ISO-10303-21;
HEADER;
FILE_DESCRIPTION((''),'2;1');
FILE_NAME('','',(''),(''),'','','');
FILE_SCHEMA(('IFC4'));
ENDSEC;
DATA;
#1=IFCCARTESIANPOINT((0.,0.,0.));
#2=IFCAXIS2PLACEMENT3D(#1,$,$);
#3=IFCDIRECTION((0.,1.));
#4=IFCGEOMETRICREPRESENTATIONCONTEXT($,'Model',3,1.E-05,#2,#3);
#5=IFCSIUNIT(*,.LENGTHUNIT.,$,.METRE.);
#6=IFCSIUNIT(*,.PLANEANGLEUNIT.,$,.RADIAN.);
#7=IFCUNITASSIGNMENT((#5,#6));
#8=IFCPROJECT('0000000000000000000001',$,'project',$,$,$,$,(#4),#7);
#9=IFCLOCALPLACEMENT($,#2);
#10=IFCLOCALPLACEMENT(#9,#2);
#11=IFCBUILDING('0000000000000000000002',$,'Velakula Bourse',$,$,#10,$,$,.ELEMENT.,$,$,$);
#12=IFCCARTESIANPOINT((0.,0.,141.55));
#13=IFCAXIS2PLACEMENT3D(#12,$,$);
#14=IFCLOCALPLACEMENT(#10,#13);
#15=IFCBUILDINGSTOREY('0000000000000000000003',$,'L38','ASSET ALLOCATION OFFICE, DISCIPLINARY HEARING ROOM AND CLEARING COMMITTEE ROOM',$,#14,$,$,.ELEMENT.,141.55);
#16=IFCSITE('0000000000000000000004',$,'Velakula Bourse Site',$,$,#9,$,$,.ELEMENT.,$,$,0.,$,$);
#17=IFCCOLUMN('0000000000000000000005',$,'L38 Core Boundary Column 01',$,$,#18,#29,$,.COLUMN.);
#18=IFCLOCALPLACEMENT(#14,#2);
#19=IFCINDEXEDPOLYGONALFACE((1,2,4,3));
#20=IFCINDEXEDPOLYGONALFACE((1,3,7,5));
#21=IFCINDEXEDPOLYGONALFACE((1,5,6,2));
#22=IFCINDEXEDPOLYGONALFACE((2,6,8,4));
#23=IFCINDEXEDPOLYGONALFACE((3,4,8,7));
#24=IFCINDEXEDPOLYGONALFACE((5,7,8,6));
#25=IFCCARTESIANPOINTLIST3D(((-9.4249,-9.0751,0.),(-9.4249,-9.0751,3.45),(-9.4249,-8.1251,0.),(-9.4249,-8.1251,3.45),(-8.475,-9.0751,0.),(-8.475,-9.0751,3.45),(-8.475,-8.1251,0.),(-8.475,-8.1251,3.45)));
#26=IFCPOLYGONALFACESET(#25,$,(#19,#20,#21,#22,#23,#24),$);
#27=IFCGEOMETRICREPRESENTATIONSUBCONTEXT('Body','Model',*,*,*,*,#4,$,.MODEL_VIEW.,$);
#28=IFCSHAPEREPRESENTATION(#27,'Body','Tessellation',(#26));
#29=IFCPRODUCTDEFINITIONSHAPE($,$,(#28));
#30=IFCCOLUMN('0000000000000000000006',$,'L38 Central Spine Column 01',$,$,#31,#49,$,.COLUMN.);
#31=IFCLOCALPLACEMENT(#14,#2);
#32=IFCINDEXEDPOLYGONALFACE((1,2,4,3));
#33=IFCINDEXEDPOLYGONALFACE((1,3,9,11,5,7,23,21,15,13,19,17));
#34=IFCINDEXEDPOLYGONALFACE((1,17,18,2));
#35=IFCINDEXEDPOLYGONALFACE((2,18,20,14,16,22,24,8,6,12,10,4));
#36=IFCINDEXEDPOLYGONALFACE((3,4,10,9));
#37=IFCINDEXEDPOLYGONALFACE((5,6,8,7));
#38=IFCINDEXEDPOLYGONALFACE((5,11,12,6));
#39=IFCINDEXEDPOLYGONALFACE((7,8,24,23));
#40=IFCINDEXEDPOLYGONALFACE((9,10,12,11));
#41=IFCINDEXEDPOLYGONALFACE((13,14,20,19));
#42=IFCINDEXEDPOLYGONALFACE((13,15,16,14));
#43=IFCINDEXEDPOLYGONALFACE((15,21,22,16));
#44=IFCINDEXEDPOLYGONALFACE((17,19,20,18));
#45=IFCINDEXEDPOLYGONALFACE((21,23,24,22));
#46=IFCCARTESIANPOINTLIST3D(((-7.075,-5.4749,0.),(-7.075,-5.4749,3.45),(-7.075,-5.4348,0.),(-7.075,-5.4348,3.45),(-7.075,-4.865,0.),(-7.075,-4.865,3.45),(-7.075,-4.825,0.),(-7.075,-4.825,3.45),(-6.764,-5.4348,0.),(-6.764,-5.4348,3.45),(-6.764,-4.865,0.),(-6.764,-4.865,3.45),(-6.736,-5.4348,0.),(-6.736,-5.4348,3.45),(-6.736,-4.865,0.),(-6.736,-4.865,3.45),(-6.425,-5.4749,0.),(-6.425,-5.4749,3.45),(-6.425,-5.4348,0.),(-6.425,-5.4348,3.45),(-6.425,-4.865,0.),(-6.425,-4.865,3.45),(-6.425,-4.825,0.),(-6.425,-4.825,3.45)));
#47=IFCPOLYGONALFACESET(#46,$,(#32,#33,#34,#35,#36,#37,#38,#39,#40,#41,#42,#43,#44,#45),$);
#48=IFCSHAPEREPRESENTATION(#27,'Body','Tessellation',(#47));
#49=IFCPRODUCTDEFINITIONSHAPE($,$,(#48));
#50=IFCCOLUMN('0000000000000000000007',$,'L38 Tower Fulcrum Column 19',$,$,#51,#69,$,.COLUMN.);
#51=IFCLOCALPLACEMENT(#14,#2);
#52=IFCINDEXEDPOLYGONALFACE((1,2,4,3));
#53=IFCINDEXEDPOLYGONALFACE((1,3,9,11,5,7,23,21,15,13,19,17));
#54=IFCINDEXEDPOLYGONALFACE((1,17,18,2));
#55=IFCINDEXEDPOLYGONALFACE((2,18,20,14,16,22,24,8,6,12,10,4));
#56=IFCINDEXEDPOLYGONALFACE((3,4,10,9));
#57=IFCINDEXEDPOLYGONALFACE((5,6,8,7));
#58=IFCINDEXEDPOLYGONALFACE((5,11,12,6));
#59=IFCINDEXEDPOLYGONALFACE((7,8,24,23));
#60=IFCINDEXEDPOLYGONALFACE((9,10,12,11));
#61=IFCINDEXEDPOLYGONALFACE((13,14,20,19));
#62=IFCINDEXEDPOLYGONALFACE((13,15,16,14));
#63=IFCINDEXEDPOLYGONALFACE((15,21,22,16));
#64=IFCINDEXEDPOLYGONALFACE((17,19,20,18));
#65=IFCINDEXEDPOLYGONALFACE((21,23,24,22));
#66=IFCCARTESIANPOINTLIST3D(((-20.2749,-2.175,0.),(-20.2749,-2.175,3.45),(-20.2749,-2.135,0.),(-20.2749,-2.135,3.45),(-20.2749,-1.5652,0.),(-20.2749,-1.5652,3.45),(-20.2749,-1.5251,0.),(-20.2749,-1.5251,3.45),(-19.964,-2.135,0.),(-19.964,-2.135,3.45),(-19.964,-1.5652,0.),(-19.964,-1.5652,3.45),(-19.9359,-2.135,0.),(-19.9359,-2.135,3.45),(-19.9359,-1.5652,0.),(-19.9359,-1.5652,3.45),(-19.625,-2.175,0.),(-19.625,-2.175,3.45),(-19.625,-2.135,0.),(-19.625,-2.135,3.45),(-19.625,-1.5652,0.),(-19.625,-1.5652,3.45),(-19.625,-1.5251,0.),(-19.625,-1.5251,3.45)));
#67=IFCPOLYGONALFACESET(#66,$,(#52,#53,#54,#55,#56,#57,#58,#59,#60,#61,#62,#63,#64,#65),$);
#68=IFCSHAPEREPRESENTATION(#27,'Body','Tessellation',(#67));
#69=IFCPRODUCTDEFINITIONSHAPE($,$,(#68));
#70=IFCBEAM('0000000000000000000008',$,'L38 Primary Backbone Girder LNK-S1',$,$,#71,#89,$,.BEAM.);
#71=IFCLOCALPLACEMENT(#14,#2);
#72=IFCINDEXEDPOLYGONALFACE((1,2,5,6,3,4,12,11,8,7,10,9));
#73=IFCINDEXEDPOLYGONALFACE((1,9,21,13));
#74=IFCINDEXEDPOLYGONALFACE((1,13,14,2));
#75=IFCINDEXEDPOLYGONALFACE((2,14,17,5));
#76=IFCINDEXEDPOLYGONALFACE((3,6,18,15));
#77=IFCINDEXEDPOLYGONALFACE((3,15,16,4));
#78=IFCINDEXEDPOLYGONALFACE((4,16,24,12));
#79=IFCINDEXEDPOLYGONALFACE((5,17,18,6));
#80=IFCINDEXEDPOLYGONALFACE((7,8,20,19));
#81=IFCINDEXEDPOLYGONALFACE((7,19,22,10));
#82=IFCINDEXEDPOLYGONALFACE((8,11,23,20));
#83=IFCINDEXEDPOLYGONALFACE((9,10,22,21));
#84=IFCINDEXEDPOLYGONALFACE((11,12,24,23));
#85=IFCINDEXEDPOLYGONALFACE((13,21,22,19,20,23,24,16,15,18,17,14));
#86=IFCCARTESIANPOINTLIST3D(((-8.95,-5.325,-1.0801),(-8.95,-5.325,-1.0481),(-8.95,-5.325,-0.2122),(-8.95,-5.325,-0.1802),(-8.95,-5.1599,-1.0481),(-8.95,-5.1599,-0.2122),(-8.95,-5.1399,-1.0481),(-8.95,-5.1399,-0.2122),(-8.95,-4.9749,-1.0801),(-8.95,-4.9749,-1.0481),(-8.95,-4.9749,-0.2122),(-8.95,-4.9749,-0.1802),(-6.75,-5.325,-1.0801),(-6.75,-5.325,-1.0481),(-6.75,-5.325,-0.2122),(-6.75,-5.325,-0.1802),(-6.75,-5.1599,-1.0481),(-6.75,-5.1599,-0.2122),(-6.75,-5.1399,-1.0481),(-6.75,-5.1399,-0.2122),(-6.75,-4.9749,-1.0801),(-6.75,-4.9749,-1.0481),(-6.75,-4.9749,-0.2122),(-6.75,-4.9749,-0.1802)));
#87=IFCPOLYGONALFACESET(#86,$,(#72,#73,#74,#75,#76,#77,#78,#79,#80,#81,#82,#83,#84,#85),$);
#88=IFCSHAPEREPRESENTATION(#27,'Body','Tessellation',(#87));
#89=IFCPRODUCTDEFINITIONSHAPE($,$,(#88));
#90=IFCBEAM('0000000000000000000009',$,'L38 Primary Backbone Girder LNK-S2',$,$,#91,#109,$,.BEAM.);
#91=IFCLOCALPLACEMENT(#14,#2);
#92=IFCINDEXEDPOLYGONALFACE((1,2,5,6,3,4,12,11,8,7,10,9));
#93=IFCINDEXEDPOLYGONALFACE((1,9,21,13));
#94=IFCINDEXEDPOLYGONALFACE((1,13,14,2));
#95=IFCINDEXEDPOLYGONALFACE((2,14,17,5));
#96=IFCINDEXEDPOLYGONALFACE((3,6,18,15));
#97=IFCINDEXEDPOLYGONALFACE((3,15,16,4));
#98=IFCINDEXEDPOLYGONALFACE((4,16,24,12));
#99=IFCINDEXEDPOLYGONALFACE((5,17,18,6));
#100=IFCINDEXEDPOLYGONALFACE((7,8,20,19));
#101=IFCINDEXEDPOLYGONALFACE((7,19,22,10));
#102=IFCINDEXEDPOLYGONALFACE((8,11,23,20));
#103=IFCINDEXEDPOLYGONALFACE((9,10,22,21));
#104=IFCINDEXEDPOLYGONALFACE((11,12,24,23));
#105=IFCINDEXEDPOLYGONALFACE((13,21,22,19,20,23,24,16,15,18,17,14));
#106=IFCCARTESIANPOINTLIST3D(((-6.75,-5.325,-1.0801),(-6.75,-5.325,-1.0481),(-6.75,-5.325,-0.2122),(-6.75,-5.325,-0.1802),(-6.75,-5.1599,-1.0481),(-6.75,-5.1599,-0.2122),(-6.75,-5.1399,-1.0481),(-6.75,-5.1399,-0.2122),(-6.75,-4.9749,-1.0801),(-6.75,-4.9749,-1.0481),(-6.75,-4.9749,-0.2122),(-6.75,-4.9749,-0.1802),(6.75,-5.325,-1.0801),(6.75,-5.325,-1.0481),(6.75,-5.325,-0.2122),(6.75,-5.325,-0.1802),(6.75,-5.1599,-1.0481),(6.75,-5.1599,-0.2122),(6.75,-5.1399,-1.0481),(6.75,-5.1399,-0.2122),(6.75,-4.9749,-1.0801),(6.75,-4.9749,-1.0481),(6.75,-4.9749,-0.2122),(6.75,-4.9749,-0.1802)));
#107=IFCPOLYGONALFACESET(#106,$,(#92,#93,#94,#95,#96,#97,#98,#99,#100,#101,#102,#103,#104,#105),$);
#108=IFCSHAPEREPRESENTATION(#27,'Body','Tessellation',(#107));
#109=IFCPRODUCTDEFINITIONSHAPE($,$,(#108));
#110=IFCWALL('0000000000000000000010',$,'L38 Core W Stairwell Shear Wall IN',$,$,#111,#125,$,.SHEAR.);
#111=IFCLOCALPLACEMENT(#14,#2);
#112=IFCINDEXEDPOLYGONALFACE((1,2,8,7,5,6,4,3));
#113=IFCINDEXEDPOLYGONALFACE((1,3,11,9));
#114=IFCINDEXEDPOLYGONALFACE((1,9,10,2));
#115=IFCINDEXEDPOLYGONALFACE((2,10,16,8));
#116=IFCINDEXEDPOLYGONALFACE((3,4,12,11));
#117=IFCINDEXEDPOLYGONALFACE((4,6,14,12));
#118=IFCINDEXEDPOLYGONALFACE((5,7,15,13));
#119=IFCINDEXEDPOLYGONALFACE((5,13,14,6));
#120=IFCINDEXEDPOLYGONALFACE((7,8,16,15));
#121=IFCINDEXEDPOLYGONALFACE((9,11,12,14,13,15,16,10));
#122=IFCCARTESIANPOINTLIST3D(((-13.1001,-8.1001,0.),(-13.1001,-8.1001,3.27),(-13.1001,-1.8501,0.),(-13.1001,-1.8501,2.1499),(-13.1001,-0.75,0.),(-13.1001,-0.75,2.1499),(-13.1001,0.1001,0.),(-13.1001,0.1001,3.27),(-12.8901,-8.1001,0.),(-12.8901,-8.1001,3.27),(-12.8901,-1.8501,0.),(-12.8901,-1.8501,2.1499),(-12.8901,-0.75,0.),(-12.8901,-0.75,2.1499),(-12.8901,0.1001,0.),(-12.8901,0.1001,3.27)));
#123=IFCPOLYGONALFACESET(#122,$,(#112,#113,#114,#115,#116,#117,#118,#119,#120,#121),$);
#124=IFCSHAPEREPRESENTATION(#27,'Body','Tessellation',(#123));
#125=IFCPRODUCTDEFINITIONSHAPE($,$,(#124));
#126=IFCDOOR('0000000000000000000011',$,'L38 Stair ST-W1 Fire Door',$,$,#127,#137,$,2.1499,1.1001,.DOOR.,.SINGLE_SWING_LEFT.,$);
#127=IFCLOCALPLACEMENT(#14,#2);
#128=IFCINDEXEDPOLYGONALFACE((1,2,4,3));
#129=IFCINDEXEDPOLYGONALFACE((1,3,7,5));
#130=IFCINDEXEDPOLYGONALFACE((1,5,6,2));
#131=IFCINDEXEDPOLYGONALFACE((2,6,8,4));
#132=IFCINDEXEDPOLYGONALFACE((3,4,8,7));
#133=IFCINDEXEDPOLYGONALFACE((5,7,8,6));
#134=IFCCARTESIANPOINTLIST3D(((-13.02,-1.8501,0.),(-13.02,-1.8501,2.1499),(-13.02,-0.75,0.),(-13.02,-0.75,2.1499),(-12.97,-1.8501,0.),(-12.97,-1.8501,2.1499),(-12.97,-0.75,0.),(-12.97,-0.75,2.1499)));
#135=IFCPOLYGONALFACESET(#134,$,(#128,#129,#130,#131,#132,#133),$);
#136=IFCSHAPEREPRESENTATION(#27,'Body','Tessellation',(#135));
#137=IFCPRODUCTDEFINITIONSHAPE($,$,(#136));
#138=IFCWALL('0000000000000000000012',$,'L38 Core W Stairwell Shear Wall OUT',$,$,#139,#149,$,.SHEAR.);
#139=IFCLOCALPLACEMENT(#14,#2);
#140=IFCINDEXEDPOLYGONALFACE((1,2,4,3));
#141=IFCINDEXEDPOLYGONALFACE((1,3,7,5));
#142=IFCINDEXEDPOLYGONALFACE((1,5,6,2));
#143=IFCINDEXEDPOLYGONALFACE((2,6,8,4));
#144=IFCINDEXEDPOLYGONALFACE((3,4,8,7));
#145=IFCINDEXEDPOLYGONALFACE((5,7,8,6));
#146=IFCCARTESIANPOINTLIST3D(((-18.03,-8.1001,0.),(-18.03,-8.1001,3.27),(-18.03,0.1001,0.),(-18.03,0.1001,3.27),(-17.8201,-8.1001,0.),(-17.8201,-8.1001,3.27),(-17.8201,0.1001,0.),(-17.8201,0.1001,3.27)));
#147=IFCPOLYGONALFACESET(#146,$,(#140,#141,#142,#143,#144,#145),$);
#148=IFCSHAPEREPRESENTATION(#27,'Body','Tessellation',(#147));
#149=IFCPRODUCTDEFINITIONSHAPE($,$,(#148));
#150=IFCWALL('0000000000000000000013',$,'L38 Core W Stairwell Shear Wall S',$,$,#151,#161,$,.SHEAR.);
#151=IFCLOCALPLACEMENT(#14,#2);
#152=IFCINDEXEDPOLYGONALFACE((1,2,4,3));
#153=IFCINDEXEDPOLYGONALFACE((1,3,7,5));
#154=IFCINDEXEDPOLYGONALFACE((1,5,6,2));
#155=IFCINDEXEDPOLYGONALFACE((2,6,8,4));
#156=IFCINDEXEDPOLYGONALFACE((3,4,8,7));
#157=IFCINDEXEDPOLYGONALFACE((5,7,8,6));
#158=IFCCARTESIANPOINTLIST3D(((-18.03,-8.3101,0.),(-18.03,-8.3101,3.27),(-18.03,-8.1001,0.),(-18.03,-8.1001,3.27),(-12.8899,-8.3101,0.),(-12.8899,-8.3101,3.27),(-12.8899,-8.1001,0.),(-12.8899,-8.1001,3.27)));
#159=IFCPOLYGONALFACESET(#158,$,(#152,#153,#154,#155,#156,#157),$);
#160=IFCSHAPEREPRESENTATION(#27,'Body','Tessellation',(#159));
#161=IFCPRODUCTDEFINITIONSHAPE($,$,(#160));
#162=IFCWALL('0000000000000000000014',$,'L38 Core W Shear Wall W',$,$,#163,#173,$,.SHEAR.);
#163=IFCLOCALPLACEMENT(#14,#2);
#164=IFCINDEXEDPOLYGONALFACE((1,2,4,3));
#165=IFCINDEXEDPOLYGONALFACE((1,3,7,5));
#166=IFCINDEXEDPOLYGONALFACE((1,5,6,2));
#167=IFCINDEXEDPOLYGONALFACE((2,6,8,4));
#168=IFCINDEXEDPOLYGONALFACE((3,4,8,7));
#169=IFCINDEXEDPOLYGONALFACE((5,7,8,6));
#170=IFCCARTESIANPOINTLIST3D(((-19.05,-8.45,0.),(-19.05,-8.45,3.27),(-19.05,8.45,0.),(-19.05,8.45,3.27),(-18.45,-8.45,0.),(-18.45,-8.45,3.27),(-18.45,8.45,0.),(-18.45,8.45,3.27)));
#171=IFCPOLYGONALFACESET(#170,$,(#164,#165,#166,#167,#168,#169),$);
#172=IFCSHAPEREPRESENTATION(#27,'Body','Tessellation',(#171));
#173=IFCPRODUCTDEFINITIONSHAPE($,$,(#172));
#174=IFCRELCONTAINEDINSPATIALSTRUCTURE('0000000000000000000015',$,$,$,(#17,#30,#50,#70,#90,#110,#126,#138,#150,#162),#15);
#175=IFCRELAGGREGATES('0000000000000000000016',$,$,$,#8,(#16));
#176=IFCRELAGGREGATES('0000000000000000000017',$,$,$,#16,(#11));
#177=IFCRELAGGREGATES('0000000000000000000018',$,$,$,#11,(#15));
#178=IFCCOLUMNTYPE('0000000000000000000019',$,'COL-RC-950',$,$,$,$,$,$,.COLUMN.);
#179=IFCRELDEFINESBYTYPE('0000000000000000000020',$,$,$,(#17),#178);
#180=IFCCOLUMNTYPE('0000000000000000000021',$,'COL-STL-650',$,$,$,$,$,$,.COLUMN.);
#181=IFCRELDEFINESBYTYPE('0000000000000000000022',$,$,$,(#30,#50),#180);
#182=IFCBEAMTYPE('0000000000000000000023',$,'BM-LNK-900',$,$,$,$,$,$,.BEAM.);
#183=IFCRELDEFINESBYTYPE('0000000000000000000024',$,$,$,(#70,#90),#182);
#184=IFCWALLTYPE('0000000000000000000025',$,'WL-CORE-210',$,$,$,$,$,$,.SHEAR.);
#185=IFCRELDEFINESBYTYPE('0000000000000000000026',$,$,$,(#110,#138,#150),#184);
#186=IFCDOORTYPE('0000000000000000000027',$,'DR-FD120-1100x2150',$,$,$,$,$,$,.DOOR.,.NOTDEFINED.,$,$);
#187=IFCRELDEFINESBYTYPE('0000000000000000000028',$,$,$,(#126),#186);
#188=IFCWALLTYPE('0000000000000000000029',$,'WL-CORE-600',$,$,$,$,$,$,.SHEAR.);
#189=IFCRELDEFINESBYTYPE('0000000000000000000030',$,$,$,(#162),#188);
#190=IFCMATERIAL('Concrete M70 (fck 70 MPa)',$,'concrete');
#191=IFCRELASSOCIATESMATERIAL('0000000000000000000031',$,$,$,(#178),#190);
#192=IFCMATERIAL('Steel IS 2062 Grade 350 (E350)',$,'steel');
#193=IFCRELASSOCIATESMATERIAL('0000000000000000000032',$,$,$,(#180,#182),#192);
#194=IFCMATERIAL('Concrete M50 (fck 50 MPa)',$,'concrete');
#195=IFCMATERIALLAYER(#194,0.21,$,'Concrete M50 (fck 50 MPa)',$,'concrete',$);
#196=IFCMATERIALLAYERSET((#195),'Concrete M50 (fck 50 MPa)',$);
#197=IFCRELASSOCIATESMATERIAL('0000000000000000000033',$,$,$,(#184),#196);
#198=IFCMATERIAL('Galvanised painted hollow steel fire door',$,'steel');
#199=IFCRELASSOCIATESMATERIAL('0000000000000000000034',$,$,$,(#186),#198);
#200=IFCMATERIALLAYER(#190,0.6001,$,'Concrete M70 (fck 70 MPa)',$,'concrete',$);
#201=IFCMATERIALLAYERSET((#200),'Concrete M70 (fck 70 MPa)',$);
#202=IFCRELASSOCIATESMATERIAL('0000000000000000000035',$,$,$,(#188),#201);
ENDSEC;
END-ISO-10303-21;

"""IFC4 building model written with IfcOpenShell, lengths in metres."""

from ifc_helpers import new_model, si_unit, direction, frame, frame_2d, origin, origin_2d, place, context, subcontext, project, spatial, rectangle, i_section, extrude, material, layer, layer_set, material_profile, profile_set, type_object, element, fill, save


model = new_model("IFC4")

# Units and contexts
model_context = context("Model", 3, precision=1e-05, world=origin(), true_north=direction((0.0, 1.0)))
body_context = subcontext(model_context, "Body", "Model", "MODEL_VIEW")
ifc_project = project(units=[si_unit("LENGTHUNIT", "METRE"), si_unit("PLANEANGLEUNIT", "RADIAN")], contexts=[model_context])

# Site, building, storey
site_placement = place(None, origin())
site = spatial("IfcSite", under=ifc_project, at=site_placement, Name="Velakula Bourse Site", CompositionType="ELEMENT", RefElevation=0.0)
building_placement = place(site_placement, origin())
building = spatial("IfcBuilding", under=site, at=building_placement, Name="Velakula Bourse", CompositionType="ELEMENT")
storey_placement = place(building_placement, frame((0.0, 0.0, 141.55)))
storey = spatial("IfcBuildingStorey", under=building, at=storey_placement, Name="L38", Description="ASSET ALLOCATION OFFICE, DISCIPLINARY HEARING ROOM AND CLEARING COMMITTEE ROOM", CompositionType="ELEMENT", Elevation=141.55)

# Columns
ifc_material_1 = material(Name="Concrete M70 (fck 70 MPa)", Category="concrete")
ifc_material_profile_1 = material_profile(ifc_material_1, rectangle(XDim=0.95, YDim=0.95, at=origin_2d()), Name="Concrete M70 (fck 70 MPa)")
ifc_profile_set_1 = profile_set([ifc_material_profile_1], Name="Concrete M70 (fck 70 MPa)")
column_type_1 = type_object("IfcColumnType", Name="COL-RC-950", PredefinedType="COLUMN", material=ifc_profile_set_1)
column_placement = place(storey_placement, frame((-8.95, -8.6001, 0.0), z_axis=(0.0, 0.0, 1.0), x_axis=(1.0, 0.0, 0.0)))
element("IfcColumn", 1, at=column_placement, inside=storey, type_object=column_type_1, Name="L38 Core Boundary Column 01", PredefinedType="COLUMN", context=body_context, shape_type="SweptSolid", body=[
    extrude(rectangle(XDim=0.95, YDim=0.95, at=origin_2d()), origin(), (0.0, 0.0, 1.0), 3.45),
])
ifc_material_2 = material(Name="Steel IS 2062 Grade 350 (E350)", Category="steel")
ifc_material_profile_2 = material_profile(ifc_material_2, i_section(OverallWidth=0.6499, OverallDepth=0.6499, WebThickness=0.0281, FlangeThickness=0.04, at=origin_2d()), Name="Steel IS 2062 Grade 350 (E350)")
ifc_profile_set_2 = profile_set([ifc_material_profile_2], Name="Steel IS 2062 Grade 350 (E350)")
column_type_2 = type_object("IfcColumnType", Name="COL-STL-650", PredefinedType="COLUMN", material=ifc_profile_set_2)
for number, where, z_axis, x_axis, name in (
    (2, (-6.75, -5.1499, 0.0), (0.0, 0.0, 1.0), (1.0, 0.0, 0.0), "L38 Central Spine Column 01"),
    (3, (-19.95, -1.8501, 0.0), (0.0, 0.0, 1.0), (1.0, 0.0, 0.0), "L38 Tower Fulcrum Column 19"),
):
    element("IfcColumn", number, at=place(storey_placement, frame(where, z_axis=z_axis, x_axis=x_axis)), inside=storey, type_object=column_type_2, Name=name, PredefinedType="COLUMN", context=body_context, shape_type="SweptSolid", body=[
        extrude(i_section(OverallWidth=0.6499, OverallDepth=0.6499, WebThickness=0.0281, FlangeThickness=0.04, at=origin_2d()), origin(), (0.0, 0.0, 1.0), 3.45),
    ])

# Beams
ifc_material_profile_3 = material_profile(ifc_material_2, i_section(OverallWidth=0.3501, OverallDepth=0.8999, WebThickness=0.02, FlangeThickness=0.032, at=origin_2d()), Name="Steel IS 2062 Grade 350 (E350)")
ifc_profile_set_3 = profile_set([ifc_material_profile_3], Name="Steel IS 2062 Grade 350 (E350)")
beam_type = type_object("IfcBeamType", Name="BM-LNK-900", PredefinedType="BEAM", material=ifc_profile_set_3)
beam_1_placement = place(storey_placement, frame((-8.95, -5.1499, -0.6301), z_axis=(1.0, 0.0, 0.0), x_axis=(0.0, 1.0, 0.0)))
element("IfcBeam", 4, at=beam_1_placement, inside=storey, type_object=beam_type, Name="L38 Primary Backbone Girder LNK-S1", PredefinedType="BEAM", context=body_context, shape_type="SweptSolid", body=[
    extrude(i_section(OverallWidth=0.3501, OverallDepth=0.8999, WebThickness=0.02, FlangeThickness=0.032, at=origin_2d()), origin(), (0.0, 0.0, 1.0), 2.2),
])
beam_2_placement = place(storey_placement, frame((-6.75, -5.1499, -0.6301), z_axis=(1.0, 0.0, 0.0), x_axis=(0.0, 1.0, 0.0)))
element("IfcBeam", 5, at=beam_2_placement, inside=storey, type_object=beam_type, Name="L38 Primary Backbone Girder LNK-S2", PredefinedType="BEAM", context=body_context, shape_type="SweptSolid", body=[
    extrude(i_section(OverallWidth=0.3501, OverallDepth=0.8999, WebThickness=0.02, FlangeThickness=0.032, at=origin_2d()), origin(), (0.0, 0.0, 1.0), 13.5),
])

# Wall, opening, door
ifc_material_3 = material(Name="Concrete M50 (fck 50 MPa)", Category="concrete")
ifc_layer_1 = layer(ifc_material_3, 0.21, Name="Concrete M50 (fck 50 MPa)", Category="concrete")
ifc_layer_set_1 = layer_set([ifc_layer_1], Name="Concrete M50 (fck 50 MPa)")
wall_type_1 = type_object("IfcWallType", Name="WL-CORE-210", PredefinedType="SHEAR", material=ifc_layer_set_1)
wall_1_placement = place(storey_placement, frame((-12.9951, -8.1001, 0.0), z_axis=(0.0, 0.0, 1.0), x_axis=(0.0, 1.0, 0.0)))
wall_1 = element("IfcWall", 6, at=wall_1_placement, inside=storey, type_object=wall_type_1, Name="L38 Core W Stairwell Shear Wall IN", PredefinedType="SHEAR", context=body_context, shape_type="SweptSolid", body=[
    extrude(rectangle(XDim=8.2002, YDim=0.21, at=frame_2d((4.1001, 0.0))), origin(), (0.0, 0.0, 1.0), 3.27),
])
opening_1_placement = place(wall_1_placement, frame((6.25, 0.0, 0.0)))
opening_1 = element("IfcOpeningElement", 7, at=opening_1_placement, cuts=wall_1, PredefinedType="OPENING", context=body_context, shape_type="SweptSolid", body=[
    extrude(rectangle(XDim=1.1001, YDim=2.1499, at=frame_2d((0.55, 1.075))), frame((0.0, 0.115, 0.0), z_axis=(0.0, -1.0, 0.0), x_axis=(1.0, 0.0, 0.0)), (0.0, 0.0, 1.0), 0.23),
])
ifc_material_4 = material(Name="Galvanised painted hollow steel fire door", Category="steel")
door_type_1 = type_object("IfcDoorType", Name="DR-FD120-1100x2150", OperationType="NOTDEFINED", PredefinedType="DOOR", material=ifc_material_4)
door_1_placement = place(opening_1_placement, origin())
door_1 = element("IfcDoor", 8, at=door_1_placement, inside=storey, type_object=door_type_1, Name="L38 Stair ST-W1 Fire Door", OperationType="SINGLE_SWING_LEFT", OverallHeight=2.1499, OverallWidth=1.1001, PredefinedType="DOOR", context=body_context, shape_type="SweptSolid", body=[
    extrude(rectangle(XDim=1.1001, YDim=2.1499, at=frame_2d((0.55, 1.075))), frame((0.0, 0.0249, 0.0), z_axis=(0.0, -1.0, 0.0), x_axis=(1.0, 0.0, 0.0)), (0.0, 0.0, 1.0), 0.05),
])
fill(opening_1, door_1)

# Walls
wall_2_placement = place(storey_placement, frame((-17.925, -8.1001, 0.0), z_axis=(0.0, 0.0, 1.0), x_axis=(0.0, 1.0, 0.0)))
element("IfcWall", 9, at=wall_2_placement, inside=storey, type_object=wall_type_1, Name="L38 Core W Stairwell Shear Wall OUT", PredefinedType="SHEAR", context=body_context, shape_type="SweptSolid", body=[
    extrude(rectangle(XDim=8.2002, YDim=0.21, at=frame_2d((4.1001, 0.0))), origin(), (0.0, 0.0, 1.0), 3.27),
])
wall_3_placement = place(storey_placement, frame((-18.03, -8.2051, 0.0), z_axis=(0.0, 0.0, 1.0), x_axis=(1.0, 0.0, 0.0)))
element("IfcWall", 10, at=wall_3_placement, inside=storey, type_object=wall_type_1, Name="L38 Core W Stairwell Shear Wall S", PredefinedType="SHEAR", context=body_context, shape_type="SweptSolid", body=[
    extrude(rectangle(XDim=5.1401, YDim=0.21, at=frame_2d((2.5701, 0.0))), origin(), (0.0, 0.0, 1.0), 3.27),
])
ifc_layer_2 = layer(ifc_material_1, 0.6001, Name="Concrete M70 (fck 70 MPa)", Category="concrete")
ifc_layer_set_2 = layer_set([ifc_layer_2], Name="Concrete M70 (fck 70 MPa)")
wall_type_2 = type_object("IfcWallType", Name="WL-CORE-600", PredefinedType="SHEAR", material=ifc_layer_set_2)
wall_4_placement = place(storey_placement, frame((-18.75, -8.45, 0.0), z_axis=(0.0, 0.0, 1.0), x_axis=(0.0, 1.0, 0.0)))
element("IfcWall", 11, at=wall_4_placement, inside=storey, type_object=wall_type_2, Name="L38 Core W Shear Wall W", PredefinedType="SHEAR", context=body_context, shape_type="SweptSolid", body=[
    extrude(rectangle(XDim=16.8999, YDim=0.6001, at=frame_2d((8.45, 0.0))), origin(), (0.0, 0.0, 1.0), 3.27),
])

save(model, "model.ifc")
